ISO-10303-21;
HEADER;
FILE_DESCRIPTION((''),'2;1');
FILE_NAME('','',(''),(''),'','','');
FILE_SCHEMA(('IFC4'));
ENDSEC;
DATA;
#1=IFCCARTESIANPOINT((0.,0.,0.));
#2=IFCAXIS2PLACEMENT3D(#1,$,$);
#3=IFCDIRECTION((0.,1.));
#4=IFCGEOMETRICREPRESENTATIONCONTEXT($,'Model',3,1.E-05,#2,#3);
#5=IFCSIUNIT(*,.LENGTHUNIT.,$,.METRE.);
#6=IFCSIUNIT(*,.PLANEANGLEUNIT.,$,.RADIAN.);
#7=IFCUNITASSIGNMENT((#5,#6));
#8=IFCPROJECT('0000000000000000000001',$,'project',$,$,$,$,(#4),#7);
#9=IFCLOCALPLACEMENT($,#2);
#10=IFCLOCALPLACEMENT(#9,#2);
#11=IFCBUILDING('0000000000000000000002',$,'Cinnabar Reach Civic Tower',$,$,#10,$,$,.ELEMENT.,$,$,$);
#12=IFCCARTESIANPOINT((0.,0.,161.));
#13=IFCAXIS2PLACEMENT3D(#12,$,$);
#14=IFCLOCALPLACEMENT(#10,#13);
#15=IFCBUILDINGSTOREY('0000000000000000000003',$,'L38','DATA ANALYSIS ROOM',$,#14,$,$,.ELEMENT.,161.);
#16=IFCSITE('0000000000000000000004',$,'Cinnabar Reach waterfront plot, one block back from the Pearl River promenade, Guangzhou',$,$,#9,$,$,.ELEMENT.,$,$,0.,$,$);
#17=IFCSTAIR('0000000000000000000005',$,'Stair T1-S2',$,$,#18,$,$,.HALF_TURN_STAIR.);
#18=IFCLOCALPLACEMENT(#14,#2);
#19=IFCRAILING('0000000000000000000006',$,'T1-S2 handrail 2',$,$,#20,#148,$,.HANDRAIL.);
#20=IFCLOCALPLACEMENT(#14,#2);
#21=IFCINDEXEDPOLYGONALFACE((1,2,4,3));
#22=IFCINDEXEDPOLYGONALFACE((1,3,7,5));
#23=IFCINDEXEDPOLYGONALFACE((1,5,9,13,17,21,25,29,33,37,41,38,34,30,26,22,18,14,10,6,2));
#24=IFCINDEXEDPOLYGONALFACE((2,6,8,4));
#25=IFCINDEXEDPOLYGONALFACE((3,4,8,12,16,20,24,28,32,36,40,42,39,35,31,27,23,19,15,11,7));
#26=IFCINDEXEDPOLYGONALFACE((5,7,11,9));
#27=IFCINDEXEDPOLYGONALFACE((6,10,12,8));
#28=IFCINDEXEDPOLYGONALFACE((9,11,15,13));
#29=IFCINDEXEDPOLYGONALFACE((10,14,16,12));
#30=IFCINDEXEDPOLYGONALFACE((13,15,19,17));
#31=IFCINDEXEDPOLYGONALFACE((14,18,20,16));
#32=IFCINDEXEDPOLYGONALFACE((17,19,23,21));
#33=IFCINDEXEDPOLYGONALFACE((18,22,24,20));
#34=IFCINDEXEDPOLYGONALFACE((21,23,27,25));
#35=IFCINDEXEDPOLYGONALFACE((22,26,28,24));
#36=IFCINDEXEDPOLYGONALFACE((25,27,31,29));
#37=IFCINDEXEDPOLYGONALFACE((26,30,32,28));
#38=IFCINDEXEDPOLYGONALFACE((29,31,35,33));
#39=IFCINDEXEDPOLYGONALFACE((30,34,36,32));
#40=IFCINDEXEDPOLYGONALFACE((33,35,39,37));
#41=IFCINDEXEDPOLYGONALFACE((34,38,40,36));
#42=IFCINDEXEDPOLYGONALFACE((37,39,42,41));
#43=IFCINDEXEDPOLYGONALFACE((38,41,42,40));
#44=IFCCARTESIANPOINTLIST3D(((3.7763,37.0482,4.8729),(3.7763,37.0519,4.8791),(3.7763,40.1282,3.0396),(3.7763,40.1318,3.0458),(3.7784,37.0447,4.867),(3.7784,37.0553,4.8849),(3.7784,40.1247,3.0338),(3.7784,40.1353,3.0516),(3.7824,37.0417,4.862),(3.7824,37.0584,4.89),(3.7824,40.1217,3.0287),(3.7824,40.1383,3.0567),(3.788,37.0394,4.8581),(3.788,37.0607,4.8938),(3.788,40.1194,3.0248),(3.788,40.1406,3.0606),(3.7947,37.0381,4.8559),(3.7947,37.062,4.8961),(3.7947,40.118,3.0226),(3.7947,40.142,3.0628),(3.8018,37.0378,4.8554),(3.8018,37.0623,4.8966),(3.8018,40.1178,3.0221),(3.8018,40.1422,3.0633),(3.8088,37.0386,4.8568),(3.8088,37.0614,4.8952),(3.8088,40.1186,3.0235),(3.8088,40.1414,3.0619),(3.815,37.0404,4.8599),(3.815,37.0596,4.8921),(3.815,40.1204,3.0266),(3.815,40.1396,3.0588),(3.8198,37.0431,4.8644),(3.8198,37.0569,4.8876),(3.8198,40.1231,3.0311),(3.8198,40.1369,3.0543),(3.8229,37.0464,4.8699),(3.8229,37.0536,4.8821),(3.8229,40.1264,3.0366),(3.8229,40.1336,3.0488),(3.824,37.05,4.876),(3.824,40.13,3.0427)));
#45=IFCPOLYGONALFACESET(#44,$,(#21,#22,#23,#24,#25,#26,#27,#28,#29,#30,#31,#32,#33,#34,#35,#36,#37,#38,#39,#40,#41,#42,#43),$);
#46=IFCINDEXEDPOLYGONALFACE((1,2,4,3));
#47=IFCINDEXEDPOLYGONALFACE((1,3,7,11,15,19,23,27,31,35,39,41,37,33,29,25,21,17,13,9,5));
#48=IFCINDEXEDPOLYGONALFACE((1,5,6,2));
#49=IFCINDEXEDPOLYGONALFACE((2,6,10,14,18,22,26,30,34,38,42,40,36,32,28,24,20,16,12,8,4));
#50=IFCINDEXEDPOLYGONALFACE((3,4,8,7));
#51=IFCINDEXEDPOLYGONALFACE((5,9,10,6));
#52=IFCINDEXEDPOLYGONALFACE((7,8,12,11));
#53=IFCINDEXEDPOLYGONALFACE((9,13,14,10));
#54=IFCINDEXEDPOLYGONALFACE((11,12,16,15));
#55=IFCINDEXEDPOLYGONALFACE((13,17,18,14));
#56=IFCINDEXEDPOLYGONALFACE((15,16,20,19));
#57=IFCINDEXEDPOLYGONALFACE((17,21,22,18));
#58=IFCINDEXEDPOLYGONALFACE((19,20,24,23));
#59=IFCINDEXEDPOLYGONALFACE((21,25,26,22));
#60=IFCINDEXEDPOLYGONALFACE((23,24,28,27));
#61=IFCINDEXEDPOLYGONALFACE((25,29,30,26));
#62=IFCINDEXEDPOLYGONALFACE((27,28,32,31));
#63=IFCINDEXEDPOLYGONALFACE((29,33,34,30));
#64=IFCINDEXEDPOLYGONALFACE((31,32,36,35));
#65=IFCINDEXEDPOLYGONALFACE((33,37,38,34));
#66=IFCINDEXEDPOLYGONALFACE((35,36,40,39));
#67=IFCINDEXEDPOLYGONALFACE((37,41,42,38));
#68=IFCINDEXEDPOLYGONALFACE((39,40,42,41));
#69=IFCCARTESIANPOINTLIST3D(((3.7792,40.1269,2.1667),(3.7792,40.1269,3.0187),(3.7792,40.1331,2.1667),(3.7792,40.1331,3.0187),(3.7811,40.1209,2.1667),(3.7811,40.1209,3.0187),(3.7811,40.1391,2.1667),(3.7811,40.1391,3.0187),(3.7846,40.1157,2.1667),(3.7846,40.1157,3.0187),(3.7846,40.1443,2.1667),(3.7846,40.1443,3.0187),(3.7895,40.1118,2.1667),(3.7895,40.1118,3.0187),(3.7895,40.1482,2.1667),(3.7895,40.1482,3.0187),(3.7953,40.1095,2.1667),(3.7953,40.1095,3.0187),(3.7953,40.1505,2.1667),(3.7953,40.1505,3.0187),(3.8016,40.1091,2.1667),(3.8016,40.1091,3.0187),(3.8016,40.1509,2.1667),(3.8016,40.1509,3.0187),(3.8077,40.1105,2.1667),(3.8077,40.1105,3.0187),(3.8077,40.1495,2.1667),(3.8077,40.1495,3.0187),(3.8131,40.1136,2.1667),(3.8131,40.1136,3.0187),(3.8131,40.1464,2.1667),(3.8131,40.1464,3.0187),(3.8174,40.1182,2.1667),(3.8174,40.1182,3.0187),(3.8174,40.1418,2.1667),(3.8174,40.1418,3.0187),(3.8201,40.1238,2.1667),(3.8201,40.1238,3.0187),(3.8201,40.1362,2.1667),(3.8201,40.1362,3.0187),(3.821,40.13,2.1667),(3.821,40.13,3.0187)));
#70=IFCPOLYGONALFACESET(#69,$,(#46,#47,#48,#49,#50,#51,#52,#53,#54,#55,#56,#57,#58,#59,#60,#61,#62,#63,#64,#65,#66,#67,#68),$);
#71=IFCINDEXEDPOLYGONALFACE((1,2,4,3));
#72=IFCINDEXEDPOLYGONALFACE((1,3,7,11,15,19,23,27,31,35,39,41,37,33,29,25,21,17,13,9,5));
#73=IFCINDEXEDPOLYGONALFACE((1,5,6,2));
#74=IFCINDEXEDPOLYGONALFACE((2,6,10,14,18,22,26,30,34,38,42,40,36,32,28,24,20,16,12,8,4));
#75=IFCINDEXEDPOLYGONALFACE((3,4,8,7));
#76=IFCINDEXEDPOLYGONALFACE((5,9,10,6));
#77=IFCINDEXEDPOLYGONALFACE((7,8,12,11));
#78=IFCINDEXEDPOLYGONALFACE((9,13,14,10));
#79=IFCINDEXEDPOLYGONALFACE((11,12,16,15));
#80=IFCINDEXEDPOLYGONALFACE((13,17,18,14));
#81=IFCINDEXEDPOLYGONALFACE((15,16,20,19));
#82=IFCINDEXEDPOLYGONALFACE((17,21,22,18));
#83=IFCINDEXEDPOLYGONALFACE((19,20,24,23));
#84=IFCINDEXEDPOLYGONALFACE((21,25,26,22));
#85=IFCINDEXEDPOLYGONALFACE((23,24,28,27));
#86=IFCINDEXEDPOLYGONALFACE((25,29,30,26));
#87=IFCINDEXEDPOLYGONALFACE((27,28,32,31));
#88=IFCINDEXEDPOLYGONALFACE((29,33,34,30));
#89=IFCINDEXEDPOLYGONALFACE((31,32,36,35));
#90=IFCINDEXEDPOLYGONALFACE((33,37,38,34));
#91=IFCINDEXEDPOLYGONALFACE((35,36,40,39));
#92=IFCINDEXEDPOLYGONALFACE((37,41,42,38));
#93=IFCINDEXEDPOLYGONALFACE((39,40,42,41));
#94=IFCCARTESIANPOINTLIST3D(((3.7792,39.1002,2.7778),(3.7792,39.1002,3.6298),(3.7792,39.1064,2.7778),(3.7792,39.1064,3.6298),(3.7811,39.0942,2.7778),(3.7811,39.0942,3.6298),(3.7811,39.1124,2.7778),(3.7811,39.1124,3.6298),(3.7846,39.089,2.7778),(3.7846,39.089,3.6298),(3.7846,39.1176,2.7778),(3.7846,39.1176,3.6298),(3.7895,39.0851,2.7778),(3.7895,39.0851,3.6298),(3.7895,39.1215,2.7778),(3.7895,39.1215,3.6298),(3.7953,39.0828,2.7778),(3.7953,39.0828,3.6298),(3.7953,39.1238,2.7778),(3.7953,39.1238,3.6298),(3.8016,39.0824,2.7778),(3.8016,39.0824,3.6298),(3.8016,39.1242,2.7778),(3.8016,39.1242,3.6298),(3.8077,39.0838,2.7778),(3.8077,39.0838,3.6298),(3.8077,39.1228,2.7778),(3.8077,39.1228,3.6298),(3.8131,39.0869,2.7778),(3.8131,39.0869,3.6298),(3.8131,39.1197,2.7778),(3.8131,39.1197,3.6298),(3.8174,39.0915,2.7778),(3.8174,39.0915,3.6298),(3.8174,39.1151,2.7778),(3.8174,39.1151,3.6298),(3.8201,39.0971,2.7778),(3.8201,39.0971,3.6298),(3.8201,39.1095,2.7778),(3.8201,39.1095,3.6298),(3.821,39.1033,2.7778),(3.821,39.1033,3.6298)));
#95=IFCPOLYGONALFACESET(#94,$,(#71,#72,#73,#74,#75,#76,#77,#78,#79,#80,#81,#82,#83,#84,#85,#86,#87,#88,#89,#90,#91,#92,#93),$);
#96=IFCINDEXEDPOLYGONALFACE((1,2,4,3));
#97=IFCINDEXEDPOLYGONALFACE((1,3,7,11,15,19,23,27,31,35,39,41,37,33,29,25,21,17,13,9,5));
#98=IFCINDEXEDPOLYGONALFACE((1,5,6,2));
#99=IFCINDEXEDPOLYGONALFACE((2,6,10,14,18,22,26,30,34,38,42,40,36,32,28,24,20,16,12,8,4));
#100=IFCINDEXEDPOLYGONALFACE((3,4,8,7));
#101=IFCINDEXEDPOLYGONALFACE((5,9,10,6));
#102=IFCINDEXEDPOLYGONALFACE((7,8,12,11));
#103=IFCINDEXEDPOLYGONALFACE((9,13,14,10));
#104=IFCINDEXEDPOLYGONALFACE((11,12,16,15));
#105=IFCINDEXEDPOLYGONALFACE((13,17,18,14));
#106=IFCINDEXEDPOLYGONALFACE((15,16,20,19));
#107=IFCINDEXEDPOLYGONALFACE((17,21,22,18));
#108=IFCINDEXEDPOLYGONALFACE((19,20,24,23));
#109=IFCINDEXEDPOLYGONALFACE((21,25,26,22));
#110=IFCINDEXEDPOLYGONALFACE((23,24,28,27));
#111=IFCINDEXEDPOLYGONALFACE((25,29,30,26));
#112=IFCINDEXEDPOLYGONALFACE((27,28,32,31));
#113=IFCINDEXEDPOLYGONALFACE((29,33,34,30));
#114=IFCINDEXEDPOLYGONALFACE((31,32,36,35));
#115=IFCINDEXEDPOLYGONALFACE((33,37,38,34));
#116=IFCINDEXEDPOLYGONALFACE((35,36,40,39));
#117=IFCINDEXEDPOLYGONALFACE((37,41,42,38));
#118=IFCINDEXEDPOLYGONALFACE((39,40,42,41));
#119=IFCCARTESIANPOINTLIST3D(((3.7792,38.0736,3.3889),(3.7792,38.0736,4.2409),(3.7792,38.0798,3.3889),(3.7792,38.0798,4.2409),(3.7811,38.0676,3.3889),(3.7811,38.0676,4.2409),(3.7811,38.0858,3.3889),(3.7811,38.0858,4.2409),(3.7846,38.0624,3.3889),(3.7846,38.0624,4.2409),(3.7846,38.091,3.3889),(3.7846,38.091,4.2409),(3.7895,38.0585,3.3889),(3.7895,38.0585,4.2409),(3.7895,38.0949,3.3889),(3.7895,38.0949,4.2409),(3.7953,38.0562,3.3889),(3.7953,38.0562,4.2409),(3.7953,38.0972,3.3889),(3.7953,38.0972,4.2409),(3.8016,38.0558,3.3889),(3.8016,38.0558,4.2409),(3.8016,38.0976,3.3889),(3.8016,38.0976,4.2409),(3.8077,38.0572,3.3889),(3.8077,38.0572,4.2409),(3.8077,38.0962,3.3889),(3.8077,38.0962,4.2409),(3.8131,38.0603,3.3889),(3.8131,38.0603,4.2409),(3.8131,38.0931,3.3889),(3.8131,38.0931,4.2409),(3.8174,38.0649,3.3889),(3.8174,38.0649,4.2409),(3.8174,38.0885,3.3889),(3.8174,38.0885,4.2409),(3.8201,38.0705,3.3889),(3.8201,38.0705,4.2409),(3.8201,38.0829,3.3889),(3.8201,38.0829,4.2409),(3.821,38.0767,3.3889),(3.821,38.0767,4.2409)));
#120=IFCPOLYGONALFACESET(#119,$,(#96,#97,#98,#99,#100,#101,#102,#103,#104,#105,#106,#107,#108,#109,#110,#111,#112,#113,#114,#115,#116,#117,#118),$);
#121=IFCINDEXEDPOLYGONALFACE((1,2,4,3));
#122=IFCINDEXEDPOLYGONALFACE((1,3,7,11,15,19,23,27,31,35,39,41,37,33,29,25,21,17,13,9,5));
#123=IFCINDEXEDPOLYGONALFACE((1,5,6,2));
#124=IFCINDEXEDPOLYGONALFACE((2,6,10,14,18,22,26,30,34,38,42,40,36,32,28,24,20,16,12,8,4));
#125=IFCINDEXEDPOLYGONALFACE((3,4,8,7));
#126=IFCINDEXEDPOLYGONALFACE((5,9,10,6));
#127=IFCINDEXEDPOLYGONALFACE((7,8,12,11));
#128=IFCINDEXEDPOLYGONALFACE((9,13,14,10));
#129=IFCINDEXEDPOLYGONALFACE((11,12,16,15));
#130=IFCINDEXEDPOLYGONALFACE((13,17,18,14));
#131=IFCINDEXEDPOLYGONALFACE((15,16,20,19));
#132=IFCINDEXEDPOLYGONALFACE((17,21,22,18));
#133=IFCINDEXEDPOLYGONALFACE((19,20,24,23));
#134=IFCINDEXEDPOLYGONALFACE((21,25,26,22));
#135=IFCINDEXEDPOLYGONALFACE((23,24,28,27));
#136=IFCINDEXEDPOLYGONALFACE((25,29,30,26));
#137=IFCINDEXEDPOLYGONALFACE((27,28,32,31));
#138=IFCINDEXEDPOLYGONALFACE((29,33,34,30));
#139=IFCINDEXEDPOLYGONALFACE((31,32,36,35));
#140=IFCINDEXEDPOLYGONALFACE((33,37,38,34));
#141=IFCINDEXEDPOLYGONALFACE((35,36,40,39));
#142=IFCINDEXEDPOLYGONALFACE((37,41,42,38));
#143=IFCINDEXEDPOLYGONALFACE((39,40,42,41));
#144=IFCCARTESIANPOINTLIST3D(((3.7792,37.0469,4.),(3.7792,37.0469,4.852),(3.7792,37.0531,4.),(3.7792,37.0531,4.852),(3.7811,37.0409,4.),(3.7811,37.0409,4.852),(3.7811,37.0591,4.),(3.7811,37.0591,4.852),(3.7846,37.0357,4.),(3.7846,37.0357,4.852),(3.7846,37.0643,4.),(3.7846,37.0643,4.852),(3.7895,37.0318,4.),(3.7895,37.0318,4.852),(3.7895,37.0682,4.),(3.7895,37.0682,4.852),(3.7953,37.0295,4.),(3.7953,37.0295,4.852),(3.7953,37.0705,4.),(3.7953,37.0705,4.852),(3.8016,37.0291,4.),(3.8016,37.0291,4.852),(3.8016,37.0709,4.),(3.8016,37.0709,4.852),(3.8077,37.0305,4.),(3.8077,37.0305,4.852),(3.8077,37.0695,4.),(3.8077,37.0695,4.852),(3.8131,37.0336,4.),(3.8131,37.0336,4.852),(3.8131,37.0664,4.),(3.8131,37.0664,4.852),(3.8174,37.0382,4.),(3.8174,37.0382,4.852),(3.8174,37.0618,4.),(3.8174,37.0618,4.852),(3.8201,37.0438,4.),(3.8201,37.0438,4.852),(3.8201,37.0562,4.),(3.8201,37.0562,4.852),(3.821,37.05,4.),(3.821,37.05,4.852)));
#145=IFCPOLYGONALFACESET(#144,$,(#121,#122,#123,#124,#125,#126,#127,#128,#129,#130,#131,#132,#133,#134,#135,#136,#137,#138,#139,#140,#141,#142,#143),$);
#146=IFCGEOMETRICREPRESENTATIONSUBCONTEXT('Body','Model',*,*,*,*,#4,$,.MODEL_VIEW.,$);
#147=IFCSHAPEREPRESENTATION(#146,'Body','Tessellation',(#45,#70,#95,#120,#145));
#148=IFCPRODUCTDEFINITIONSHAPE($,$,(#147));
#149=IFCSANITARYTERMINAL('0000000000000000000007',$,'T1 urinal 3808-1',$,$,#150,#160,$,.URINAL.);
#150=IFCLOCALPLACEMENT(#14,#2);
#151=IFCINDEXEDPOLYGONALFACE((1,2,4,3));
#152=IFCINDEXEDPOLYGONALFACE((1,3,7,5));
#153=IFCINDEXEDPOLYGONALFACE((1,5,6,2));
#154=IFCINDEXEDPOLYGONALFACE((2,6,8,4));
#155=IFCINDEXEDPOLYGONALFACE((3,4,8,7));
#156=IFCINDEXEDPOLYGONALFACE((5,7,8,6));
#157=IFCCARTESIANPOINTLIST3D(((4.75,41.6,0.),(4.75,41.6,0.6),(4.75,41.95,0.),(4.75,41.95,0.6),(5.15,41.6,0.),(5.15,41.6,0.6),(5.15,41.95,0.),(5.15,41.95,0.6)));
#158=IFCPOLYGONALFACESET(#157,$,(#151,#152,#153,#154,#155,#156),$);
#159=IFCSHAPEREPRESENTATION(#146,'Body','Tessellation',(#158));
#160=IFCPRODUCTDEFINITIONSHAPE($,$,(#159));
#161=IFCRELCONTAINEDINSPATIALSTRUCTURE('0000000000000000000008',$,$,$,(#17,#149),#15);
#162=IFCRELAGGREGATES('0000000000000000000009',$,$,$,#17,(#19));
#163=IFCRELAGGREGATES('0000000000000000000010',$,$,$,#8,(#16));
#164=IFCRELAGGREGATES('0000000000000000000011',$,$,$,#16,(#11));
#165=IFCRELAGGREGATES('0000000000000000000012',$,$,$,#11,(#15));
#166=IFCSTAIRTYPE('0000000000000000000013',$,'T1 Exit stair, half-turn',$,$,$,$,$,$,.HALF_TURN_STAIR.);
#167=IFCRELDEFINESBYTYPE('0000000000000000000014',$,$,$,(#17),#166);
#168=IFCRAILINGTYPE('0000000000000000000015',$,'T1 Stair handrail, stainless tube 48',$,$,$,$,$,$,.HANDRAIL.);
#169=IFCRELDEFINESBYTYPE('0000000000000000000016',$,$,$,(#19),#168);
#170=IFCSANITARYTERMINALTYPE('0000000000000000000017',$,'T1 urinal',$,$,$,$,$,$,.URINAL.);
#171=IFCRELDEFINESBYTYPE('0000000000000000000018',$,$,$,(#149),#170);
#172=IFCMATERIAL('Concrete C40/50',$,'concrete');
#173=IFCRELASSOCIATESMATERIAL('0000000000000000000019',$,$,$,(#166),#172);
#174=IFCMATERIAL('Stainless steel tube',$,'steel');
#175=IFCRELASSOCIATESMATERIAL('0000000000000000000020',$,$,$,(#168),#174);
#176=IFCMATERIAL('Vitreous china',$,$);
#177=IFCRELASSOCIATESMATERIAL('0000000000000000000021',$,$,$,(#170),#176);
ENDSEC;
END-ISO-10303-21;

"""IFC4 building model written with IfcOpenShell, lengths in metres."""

from ifc_helpers import new_model, si_unit, direction, frame, origin, origin_2d, place, context, subcontext, project, spatial, rectangle, circle, extrude, material, type_object, element, aggregate, save


model = new_model("IFC4")

# Units and contexts
model_context = context("Model", 3, precision=1e-05, world=origin(), true_north=direction((0.0, 1.0)))
body_context = subcontext(model_context, "Body", "Model", "MODEL_VIEW")
ifc_project = project(units=[si_unit("LENGTHUNIT", "METRE"), si_unit("PLANEANGLEUNIT", "RADIAN")], contexts=[model_context])

# Site, building, storey
site_placement = place(None, origin())
site = spatial("IfcSite", under=ifc_project, at=site_placement, Name="Cinnabar Reach waterfront plot, one block back from the Pearl River promenade, Guangzhou", CompositionType="ELEMENT", RefElevation=0.0)
building_placement = place(site_placement, origin())
building = spatial("IfcBuilding", under=site, at=building_placement, Name="Cinnabar Reach Civic Tower", CompositionType="ELEMENT")
storey_placement = place(building_placement, frame((0.0, 0.0, 161.0)))
storey = spatial("IfcBuildingStorey", under=building, at=storey_placement, Name="L38", Description="DATA ANALYSIS ROOM", CompositionType="ELEMENT", Elevation=161.0)

# Shared definitions
ifc_material_1 = material(Name="Concrete C40/50", Category="concrete")

# Stair, railing
stair_type = type_object("IfcStairType", Name="T1 Exit stair, half-turn", PredefinedType="HALF_TURN_STAIR", material=ifc_material_1)
stair_placement = place(storey_placement, origin())
stair = element("IfcStair", 1, at=stair_placement, inside=storey, type_object=stair_type, Name="Stair T1-S2", PredefinedType="HALF_TURN_STAIR")
ifc_material_2 = material(Name="Stainless steel tube", Category="steel")
railing_type = type_object("IfcRailingType", Name="T1 Stair handrail, stainless tube 48", PredefinedType="HANDRAIL", material=ifc_material_2)
railing_1_placement = place(storey_placement, frame((3.8, 40.13, 2.1667)))
railing_1 = element("IfcRailing", 2, at=railing_1_placement, type_object=railing_type, Name="T1-S2 handrail 2", PredefinedType="HANDRAIL", context=body_context, shape_type="SweptSolid", body=[
    extrude(circle(Radius=0.024, at=origin_2d()), frame((0.0, 0.0, 0.876), z_axis=(0.0, -0.859297, 0.511477), x_axis=(1.0, 0.0, 0.0)), (0.0, 0.0, 1.0), 3.5843),
    extrude(circle(Radius=0.021, at=origin_2d()), origin(), (0.0, 0.0, 1.0), 0.852),
    extrude(circle(Radius=0.021, at=origin_2d()), frame((0.0, -1.0267, 0.6111)), (0.0, 0.0, 1.0), 0.852),
    extrude(circle(Radius=0.021, at=origin_2d()), frame((0.0, -2.0533, 1.2222)), (0.0, 0.0, 1.0), 0.852),
    extrude(circle(Radius=0.021, at=origin_2d()), frame((0.0, -3.08, 1.8333)), (0.0, 0.0, 1.0), 0.852),
])
aggregate(stair, [railing_1])

# Sanitary terminal
ifc_material_3 = material(Name="Vitreous china")
sanitary_terminal_type = type_object("IfcSanitaryTerminalType", Name="T1 urinal", PredefinedType="URINAL", material=ifc_material_3)
sanitary_terminal_placement = place(storey_placement, frame((4.95, 41.775, 0.0), z_axis=(0.0, 0.0, 1.0), x_axis=(1.0, 0.0, 0.0)))
element("IfcSanitaryTerminal", 3, at=sanitary_terminal_placement, inside=storey, type_object=sanitary_terminal_type, Name="T1 urinal 3808-1", PredefinedType="URINAL", context=body_context, shape_type="SweptSolid", body=[
    extrude(rectangle(XDim=0.4, YDim=0.35, at=origin_2d()), origin(), (0.0, 0.0, 1.0), 0.6),
])

save(model, "model.ifc")
